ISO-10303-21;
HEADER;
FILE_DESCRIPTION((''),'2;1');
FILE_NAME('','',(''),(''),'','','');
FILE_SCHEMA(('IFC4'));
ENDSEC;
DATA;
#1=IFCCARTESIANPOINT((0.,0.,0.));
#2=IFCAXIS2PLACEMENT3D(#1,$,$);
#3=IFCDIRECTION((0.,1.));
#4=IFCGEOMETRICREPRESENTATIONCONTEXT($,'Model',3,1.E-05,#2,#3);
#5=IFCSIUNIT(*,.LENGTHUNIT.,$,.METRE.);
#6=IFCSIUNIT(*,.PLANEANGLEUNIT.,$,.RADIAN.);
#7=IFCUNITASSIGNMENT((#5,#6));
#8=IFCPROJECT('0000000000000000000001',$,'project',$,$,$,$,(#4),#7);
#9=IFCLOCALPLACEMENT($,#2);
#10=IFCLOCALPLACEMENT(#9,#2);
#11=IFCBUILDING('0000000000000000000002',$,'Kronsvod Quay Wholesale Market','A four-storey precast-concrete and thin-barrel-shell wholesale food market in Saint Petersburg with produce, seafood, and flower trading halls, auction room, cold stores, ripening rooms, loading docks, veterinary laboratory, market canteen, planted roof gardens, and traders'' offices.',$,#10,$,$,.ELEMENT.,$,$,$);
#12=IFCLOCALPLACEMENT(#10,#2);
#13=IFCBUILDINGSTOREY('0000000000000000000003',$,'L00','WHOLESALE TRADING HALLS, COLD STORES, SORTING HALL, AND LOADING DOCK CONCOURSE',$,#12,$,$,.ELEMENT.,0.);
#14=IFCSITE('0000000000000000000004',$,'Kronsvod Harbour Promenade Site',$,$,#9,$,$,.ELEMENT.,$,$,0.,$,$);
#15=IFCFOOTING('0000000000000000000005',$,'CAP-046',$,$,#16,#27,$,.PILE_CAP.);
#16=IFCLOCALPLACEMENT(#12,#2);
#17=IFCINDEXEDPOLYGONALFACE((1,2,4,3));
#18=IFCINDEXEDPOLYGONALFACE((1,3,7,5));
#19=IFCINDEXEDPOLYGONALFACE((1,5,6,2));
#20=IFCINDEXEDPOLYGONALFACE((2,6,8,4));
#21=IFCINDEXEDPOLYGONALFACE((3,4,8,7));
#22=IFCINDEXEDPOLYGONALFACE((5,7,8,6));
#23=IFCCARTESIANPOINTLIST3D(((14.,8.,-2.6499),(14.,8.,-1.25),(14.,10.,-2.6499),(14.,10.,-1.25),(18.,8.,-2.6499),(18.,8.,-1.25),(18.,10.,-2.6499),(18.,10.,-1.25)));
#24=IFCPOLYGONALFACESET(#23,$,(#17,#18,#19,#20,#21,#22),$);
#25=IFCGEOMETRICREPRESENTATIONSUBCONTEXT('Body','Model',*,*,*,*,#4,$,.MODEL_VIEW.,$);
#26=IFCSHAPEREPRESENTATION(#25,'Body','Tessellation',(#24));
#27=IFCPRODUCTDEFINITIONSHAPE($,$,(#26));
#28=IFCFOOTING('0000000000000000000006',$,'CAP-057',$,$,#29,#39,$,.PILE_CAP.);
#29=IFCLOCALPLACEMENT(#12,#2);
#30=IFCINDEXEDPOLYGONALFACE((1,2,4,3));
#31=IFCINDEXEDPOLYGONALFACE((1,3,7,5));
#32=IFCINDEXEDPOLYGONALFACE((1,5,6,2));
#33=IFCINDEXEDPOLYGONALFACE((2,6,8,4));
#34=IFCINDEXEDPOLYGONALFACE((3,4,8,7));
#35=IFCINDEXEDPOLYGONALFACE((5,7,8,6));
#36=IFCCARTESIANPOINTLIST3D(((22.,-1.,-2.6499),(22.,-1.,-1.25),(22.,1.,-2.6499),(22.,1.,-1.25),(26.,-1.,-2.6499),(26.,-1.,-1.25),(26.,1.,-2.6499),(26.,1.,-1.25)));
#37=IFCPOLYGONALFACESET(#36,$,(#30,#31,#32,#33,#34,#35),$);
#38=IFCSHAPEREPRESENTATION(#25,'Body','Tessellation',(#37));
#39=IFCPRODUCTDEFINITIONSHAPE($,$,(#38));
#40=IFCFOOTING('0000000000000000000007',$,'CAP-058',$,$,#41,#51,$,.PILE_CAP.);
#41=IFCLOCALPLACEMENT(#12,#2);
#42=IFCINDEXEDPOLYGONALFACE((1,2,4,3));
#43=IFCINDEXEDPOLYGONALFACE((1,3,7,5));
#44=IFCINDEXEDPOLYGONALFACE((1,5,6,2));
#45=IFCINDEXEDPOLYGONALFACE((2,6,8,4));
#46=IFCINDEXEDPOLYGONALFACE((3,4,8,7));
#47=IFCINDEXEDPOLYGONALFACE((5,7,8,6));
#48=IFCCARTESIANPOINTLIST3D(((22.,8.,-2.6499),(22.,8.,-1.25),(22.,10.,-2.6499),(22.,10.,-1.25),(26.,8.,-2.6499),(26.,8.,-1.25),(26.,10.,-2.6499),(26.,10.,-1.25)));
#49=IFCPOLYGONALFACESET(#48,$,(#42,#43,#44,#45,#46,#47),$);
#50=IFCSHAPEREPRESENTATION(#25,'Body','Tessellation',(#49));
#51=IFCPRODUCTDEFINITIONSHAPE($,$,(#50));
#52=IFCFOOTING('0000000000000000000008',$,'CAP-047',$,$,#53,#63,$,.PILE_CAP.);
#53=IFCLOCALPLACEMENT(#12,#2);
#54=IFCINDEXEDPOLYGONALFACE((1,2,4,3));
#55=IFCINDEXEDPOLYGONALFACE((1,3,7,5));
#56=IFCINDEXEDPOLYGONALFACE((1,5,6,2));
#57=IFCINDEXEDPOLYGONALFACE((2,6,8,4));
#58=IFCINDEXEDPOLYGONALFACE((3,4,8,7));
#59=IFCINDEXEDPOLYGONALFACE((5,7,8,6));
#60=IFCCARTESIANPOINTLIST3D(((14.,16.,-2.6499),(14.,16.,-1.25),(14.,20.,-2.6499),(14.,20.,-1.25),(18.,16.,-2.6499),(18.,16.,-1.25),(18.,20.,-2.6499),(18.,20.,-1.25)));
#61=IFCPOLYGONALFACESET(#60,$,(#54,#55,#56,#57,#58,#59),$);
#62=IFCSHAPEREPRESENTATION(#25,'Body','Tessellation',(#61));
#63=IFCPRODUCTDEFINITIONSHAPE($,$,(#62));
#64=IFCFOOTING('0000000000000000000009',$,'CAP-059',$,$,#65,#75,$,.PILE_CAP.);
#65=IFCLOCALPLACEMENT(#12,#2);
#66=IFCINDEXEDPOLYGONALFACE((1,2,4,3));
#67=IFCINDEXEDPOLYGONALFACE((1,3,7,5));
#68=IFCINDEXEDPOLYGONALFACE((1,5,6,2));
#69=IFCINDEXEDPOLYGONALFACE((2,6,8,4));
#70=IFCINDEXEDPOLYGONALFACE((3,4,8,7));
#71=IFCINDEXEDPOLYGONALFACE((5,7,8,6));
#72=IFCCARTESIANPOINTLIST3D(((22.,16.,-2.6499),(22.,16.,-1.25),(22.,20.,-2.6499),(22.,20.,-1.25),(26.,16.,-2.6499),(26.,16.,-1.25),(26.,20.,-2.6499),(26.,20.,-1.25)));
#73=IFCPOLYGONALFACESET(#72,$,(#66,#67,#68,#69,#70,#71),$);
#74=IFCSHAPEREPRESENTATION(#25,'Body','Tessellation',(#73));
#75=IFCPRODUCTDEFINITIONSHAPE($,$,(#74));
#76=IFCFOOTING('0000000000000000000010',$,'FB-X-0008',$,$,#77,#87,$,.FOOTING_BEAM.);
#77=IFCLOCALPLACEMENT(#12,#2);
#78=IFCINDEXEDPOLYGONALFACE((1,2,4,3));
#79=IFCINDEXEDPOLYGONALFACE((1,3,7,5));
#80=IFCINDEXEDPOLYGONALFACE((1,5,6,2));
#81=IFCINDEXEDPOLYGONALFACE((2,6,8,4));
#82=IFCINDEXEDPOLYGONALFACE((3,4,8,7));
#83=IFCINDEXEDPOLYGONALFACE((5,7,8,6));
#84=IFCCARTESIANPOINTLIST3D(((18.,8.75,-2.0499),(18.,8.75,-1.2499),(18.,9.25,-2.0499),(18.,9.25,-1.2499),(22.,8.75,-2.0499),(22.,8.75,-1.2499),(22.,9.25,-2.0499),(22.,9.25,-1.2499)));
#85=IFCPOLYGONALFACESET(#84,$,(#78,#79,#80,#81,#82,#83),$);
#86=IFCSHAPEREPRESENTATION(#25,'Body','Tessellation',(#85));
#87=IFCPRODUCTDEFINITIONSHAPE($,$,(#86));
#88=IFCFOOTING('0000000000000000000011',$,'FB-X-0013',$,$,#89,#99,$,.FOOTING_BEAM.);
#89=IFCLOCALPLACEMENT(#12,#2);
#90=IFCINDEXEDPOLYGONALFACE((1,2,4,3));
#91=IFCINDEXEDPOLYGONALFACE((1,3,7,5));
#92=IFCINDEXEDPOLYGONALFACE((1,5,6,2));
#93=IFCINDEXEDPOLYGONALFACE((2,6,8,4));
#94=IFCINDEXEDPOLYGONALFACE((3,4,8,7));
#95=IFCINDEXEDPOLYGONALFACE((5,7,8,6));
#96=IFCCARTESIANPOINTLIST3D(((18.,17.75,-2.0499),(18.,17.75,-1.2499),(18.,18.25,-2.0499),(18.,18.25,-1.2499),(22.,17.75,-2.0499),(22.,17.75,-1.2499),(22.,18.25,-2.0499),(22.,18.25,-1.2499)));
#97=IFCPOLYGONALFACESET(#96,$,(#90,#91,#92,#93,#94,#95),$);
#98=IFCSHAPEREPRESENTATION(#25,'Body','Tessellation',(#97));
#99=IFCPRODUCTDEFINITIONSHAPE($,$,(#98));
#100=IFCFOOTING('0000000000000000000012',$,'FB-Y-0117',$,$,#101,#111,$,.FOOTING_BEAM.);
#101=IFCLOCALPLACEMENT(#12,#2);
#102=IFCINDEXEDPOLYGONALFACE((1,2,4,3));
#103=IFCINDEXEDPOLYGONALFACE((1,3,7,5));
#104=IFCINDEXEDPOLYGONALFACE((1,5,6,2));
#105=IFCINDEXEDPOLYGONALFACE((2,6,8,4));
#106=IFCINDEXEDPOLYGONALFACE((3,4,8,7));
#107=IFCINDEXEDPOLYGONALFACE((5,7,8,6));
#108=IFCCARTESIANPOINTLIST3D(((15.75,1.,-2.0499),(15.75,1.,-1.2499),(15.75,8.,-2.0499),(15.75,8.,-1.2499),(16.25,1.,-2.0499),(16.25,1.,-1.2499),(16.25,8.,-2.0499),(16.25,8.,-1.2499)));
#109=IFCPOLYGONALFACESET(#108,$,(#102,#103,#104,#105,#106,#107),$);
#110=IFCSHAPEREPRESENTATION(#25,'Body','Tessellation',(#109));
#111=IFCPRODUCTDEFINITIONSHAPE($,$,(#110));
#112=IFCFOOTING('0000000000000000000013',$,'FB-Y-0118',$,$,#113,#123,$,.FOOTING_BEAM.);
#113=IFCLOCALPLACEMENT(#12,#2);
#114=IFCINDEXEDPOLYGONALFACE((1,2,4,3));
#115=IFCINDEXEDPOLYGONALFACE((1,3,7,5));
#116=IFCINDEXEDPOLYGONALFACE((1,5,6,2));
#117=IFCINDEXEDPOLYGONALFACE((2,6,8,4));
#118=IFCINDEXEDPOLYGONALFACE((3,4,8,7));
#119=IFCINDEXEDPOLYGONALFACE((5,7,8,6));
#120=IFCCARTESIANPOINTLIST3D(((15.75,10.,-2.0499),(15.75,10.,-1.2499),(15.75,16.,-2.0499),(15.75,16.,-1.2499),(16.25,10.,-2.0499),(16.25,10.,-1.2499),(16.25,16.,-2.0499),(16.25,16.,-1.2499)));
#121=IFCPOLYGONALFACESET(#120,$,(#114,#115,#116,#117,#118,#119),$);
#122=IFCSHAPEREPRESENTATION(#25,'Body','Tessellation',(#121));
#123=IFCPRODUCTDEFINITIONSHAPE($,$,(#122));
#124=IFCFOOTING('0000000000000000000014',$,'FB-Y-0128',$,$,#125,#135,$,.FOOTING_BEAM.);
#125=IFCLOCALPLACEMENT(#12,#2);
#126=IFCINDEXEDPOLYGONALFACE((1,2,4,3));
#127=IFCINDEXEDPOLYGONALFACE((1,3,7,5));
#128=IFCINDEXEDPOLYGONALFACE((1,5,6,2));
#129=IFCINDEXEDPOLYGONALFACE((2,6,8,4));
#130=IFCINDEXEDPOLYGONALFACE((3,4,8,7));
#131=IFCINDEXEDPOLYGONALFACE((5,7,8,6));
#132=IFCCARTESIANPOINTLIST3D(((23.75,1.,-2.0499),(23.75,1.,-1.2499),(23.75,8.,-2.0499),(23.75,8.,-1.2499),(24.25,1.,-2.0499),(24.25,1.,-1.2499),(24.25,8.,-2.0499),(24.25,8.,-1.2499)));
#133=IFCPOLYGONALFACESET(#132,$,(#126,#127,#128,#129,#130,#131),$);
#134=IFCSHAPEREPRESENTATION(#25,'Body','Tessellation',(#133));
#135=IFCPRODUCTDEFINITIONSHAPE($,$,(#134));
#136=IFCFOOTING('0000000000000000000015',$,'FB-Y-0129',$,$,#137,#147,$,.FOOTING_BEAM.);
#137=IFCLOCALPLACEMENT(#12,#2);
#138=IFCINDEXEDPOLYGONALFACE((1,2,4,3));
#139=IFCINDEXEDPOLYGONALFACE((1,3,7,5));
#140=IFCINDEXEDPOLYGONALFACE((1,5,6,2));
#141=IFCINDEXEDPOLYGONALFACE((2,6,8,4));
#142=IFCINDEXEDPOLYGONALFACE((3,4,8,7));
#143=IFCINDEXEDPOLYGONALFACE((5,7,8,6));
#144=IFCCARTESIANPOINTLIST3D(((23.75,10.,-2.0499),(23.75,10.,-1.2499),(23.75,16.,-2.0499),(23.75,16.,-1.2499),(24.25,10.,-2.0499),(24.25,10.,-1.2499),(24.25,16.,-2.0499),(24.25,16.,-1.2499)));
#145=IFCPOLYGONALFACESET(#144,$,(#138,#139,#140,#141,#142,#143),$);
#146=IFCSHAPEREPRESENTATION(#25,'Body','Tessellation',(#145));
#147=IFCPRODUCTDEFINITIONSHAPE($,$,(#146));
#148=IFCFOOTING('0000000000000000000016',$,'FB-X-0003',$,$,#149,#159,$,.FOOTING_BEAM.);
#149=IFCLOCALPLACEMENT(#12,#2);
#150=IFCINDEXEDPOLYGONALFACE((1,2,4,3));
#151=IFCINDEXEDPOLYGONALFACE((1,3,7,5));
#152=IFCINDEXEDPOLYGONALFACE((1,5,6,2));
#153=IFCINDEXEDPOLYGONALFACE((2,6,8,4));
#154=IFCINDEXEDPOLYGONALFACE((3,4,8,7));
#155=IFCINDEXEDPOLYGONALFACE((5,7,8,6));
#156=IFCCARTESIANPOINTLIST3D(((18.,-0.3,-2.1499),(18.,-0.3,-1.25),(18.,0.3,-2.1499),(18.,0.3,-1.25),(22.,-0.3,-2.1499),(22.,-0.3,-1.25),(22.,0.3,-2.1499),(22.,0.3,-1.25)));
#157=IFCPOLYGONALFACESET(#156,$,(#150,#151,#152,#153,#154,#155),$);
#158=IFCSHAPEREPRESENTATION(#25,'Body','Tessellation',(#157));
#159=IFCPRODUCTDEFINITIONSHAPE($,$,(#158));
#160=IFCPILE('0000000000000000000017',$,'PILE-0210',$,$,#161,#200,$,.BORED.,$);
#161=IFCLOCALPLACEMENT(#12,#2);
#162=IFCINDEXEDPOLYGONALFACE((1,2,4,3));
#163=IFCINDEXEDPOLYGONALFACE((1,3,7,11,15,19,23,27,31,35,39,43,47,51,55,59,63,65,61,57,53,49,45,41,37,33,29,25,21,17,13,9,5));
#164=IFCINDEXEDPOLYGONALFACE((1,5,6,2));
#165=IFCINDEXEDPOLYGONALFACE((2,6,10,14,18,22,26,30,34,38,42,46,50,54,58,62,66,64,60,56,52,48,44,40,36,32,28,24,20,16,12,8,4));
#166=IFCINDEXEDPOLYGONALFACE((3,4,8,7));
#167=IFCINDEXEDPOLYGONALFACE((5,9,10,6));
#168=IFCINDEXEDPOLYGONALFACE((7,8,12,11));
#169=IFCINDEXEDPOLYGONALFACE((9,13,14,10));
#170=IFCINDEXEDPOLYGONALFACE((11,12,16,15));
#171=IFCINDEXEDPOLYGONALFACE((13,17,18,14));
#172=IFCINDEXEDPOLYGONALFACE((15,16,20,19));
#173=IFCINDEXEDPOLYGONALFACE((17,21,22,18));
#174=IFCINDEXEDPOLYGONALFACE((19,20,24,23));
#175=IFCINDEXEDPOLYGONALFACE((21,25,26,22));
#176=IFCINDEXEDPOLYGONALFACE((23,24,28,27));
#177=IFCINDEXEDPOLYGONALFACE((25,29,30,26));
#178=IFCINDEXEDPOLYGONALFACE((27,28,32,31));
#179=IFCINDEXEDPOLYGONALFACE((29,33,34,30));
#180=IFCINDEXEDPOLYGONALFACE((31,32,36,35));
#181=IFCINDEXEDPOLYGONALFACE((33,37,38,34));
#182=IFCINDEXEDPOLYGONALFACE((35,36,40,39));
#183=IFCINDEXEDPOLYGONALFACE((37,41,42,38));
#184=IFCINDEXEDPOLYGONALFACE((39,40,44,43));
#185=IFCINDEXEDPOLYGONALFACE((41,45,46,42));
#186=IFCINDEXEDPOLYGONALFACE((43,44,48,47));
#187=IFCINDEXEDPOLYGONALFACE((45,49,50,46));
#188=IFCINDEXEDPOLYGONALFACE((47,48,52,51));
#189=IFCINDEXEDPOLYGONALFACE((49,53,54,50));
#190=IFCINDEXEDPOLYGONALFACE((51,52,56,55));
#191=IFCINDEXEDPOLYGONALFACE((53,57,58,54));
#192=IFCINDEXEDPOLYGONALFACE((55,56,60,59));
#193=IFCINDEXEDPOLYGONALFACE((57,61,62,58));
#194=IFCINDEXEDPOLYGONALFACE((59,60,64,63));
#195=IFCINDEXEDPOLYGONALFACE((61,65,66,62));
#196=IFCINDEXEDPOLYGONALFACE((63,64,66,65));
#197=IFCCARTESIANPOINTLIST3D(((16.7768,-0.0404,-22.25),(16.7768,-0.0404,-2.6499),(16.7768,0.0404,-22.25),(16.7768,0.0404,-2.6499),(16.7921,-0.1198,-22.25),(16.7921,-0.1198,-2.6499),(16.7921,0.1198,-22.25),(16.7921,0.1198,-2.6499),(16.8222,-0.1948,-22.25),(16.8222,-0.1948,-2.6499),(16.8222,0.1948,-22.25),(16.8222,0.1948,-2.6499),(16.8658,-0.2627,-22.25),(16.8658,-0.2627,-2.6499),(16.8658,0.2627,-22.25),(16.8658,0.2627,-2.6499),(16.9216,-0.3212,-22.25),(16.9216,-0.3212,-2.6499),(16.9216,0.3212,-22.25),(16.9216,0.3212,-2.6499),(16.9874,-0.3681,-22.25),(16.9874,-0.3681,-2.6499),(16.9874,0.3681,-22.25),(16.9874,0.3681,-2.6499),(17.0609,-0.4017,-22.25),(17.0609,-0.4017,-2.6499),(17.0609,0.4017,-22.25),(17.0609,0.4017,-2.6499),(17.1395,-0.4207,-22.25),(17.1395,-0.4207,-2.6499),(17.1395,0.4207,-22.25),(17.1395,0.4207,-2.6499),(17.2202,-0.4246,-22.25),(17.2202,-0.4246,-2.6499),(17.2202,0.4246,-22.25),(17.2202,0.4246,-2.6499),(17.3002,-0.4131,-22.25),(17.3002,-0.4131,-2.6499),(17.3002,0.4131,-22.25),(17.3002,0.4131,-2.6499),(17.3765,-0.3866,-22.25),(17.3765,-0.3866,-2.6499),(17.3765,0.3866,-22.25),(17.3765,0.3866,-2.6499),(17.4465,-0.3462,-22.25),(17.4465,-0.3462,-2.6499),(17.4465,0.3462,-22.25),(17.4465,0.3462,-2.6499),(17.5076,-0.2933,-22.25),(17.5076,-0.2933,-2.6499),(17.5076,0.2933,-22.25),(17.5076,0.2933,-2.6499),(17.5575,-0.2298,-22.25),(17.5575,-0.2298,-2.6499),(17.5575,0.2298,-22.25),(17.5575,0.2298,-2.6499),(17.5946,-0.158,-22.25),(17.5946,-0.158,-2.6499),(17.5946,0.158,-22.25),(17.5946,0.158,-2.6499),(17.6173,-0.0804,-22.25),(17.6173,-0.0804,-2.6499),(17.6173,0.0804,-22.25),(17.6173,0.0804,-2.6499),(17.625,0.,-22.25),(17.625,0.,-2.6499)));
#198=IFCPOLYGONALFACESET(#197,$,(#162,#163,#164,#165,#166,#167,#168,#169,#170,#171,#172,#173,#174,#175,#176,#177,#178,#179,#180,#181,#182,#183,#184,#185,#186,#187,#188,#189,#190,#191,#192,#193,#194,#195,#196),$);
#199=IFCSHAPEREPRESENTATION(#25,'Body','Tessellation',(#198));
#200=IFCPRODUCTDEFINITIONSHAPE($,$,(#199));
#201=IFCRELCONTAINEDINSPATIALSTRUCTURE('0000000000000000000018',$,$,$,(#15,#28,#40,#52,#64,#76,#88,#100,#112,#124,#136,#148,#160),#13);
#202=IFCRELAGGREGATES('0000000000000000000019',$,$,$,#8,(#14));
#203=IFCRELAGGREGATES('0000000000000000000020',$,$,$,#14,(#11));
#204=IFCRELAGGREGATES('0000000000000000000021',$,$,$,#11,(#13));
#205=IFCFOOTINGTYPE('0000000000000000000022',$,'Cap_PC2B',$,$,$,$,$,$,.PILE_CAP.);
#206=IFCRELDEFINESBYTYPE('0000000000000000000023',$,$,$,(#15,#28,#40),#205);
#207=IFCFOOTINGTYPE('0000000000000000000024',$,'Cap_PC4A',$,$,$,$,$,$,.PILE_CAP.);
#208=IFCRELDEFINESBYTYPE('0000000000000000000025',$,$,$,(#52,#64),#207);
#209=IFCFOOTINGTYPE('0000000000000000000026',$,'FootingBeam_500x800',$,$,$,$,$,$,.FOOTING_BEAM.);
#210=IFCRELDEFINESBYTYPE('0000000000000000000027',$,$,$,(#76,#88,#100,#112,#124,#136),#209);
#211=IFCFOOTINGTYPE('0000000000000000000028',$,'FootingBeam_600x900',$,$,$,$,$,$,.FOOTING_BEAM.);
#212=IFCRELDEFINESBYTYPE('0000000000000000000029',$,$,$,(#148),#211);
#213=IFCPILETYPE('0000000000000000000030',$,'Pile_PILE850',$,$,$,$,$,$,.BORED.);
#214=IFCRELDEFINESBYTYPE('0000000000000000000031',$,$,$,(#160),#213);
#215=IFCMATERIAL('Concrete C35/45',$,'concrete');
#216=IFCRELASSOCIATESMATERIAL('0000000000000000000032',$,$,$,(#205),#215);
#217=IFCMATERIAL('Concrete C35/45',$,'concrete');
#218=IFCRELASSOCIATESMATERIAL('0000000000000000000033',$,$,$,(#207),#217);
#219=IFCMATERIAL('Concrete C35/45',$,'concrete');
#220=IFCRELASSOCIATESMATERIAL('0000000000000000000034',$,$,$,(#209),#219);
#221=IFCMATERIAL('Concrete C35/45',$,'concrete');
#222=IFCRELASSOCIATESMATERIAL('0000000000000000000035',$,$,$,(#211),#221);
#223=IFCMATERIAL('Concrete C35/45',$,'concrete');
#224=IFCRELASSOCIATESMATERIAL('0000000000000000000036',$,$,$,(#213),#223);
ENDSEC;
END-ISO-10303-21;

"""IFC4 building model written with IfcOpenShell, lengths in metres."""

from ifc_helpers import new_model, si_unit, direction, frame, origin, origin_2d, place, context, subcontext, project, spatial, rectangle, circle, extrude, material, material_profile, profile_set, type_object, element, save


model = new_model("IFC4")

# Units and contexts
model_context = context("Model", 3, precision=1e-05, world=origin(), true_north=direction((0.0, 1.0)))
body_context = subcontext(model_context, "Body", "Model", "MODEL_VIEW")
ifc_project = project(units=[si_unit("LENGTHUNIT", "METRE"), si_unit("PLANEANGLEUNIT", "RADIAN")], contexts=[model_context])

# Site, building, storey
site_placement = place(None, origin())
site = spatial("IfcSite", under=ifc_project, at=site_placement, Name="Kronsvod Harbour Promenade Site", CompositionType="ELEMENT", RefElevation=0.0)
building_placement = place(site_placement, origin())
building = spatial("IfcBuilding", under=site, at=building_placement, Name="Kronsvod Quay Wholesale Market", Description="A four-storey precast-concrete and thin-barrel-shell wholesale food market in Saint Petersburg with produce, seafood, and flower trading halls, auction room, cold stores, ripening rooms, loading docks, veterinary laboratory, market canteen, planted roof gardens, and traders' offices.", CompositionType="ELEMENT")
storey_placement = place(building_placement, origin())
storey = spatial("IfcBuildingStorey", under=building, at=storey_placement, Name="L00", Description="WHOLESALE TRADING HALLS, COLD STORES, SORTING HALL, AND LOADING DOCK CONCOURSE", CompositionType="ELEMENT", Elevation=0.0)

# Footings
ifc_material_1 = material(Name="Concrete C35/45", Category="concrete")
footing_type_1 = type_object("IfcFootingType", Name="Cap_PC2B", PredefinedType="PILE_CAP", material=ifc_material_1)
for number, where, z_axis, x_axis, name in (
    (1, (16.0, 9.0, -2.6499), (0.0, 0.0, 1.0), (1.0, 0.0, 0.0), "CAP-046"),
    (2, (24.0, 0.0, -2.6499), (0.0, 0.0, 1.0), (1.0, 0.0, 0.0), "CAP-057"),
    (3, (24.0, 9.0, -2.6499), (0.0, 0.0, 1.0), (1.0, 0.0, 0.0), "CAP-058"),
):
    element("IfcFooting", number, at=place(storey_placement, frame(where, z_axis=z_axis, x_axis=x_axis)), inside=storey, type_object=footing_type_1, Name=name, PredefinedType="PILE_CAP", context=body_context, shape_type="SweptSolid", body=[
        extrude(rectangle(XDim=4.0, YDim=2.0, at=origin_2d()), origin(), (0.0, 0.0, 1.0), 1.3999),
    ])
ifc_material_2 = material(Name="Concrete C35/45", Category="concrete")
footing_type_2 = type_object("IfcFootingType", Name="Cap_PC4A", PredefinedType="PILE_CAP", material=ifc_material_2)
for number, where, z_axis, x_axis, name in (
    (4, (16.0, 18.0, -2.6499), (0.0, 0.0, 1.0), (1.0, 0.0, 0.0), "CAP-047"),
    (5, (24.0, 18.0, -2.6499), (0.0, 0.0, 1.0), (1.0, 0.0, 0.0), "CAP-059"),
):
    element("IfcFooting", number, at=place(storey_placement, frame(where, z_axis=z_axis, x_axis=x_axis)), inside=storey, type_object=footing_type_2, Name=name, PredefinedType="PILE_CAP", context=body_context, shape_type="SweptSolid", body=[
        extrude(rectangle(XDim=4.0, YDim=4.0, at=origin_2d()), origin(), (0.0, 0.0, 1.0), 1.3999),
    ])
ifc_material_3 = material(Name="Concrete C35/45", Category="concrete")
ifc_material_profile_1 = material_profile(ifc_material_3, rectangle(XDim=0.5, YDim=0.8, at=origin_2d()), Name="FB-01")
ifc_profile_set_1 = profile_set([ifc_material_profile_1], Name="Concrete C35/45")
footing_type_3 = type_object("IfcFootingType", Name="FootingBeam_500x800", PredefinedType="FOOTING_BEAM", material=ifc_profile_set_1)
for number, where, z_axis, x_axis, name in (
    (6, (18.0, 9.0, -1.6499), (1.0, 0.0, 0.0), (0.0, 1.0, 0.0), "FB-X-0008"),
    (7, (18.0, 18.0, -1.6499), (1.0, 0.0, 0.0), (0.0, 1.0, 0.0), "FB-X-0013"),
):
    element("IfcFooting", number, at=place(storey_placement, frame(where, z_axis=z_axis, x_axis=x_axis)), inside=storey, type_object=footing_type_3, Name=name, PredefinedType="FOOTING_BEAM", context=body_context, shape_type="SweptSolid", body=[
        extrude(rectangle(XDim=0.5, YDim=0.8, at=origin_2d()), origin(), (0.0, 0.0, 1.0), 4.0),
    ])
footing_1_placement = place(storey_placement, frame((16.0, 1.0, -1.6499), z_axis=(0.0, 1.0, 0.0), x_axis=(-1.0, 0.0, 0.0)))
element("IfcFooting", 8, at=footing_1_placement, inside=storey, type_object=footing_type_3, Name="FB-Y-0117", PredefinedType="FOOTING_BEAM", context=body_context, shape_type="SweptSolid", body=[
    extrude(rectangle(XDim=0.5, YDim=0.8, at=origin_2d()), origin(), (0.0, 0.0, 1.0), 7.0),
])
footing_2_placement = place(storey_placement, frame((16.0, 10.0, -1.6499), z_axis=(0.0, 1.0, 0.0), x_axis=(-1.0, 0.0, 0.0)))
element("IfcFooting", 9, at=footing_2_placement, inside=storey, type_object=footing_type_3, Name="FB-Y-0118", PredefinedType="FOOTING_BEAM", context=body_context, shape_type="SweptSolid", body=[
    extrude(rectangle(XDim=0.5, YDim=0.8, at=origin_2d()), origin(), (0.0, 0.0, 1.0), 6.0),
])
footing_3_placement = place(storey_placement, frame((24.0, 1.0, -1.6499), z_axis=(0.0, 1.0, 0.0), x_axis=(-1.0, 0.0, 0.0)))
element("IfcFooting", 10, at=footing_3_placement, inside=storey, type_object=footing_type_3, Name="FB-Y-0128", PredefinedType="FOOTING_BEAM", context=body_context, shape_type="SweptSolid", body=[
    extrude(rectangle(XDim=0.5, YDim=0.8, at=origin_2d()), origin(), (0.0, 0.0, 1.0), 7.0),
])
footing_4_placement = place(storey_placement, frame((24.0, 10.0, -1.6499), z_axis=(0.0, 1.0, 0.0), x_axis=(-1.0, 0.0, 0.0)))
element("IfcFooting", 11, at=footing_4_placement, inside=storey, type_object=footing_type_3, Name="FB-Y-0129", PredefinedType="FOOTING_BEAM", context=body_context, shape_type="SweptSolid", body=[
    extrude(rectangle(XDim=0.5, YDim=0.8, at=origin_2d()), origin(), (0.0, 0.0, 1.0), 6.0),
])
ifc_material_4 = material(Name="Concrete C35/45", Category="concrete")
ifc_material_profile_2 = material_profile(ifc_material_4, rectangle(XDim=0.6001, YDim=0.8999, at=origin_2d()), Name="FB-02")
ifc_profile_set_2 = profile_set([ifc_material_profile_2], Name="Concrete C35/45")
footing_type_4 = type_object("IfcFootingType", Name="FootingBeam_600x900", PredefinedType="FOOTING_BEAM", material=ifc_profile_set_2)
footing_5_placement = place(storey_placement, frame((18.0, 0.0, -1.7), z_axis=(1.0, 0.0, 0.0), x_axis=(0.0, 1.0, 0.0)))
element("IfcFooting", 12, at=footing_5_placement, inside=storey, type_object=footing_type_4, Name="FB-X-0003", PredefinedType="FOOTING_BEAM", context=body_context, shape_type="SweptSolid", body=[
    extrude(rectangle(XDim=0.6001, YDim=0.8999, at=origin_2d()), origin(), (0.0, 0.0, 1.0), 4.0),
])

# Pile
ifc_material_5 = material(Name="Concrete C35/45", Category="concrete")
ifc_material_profile_3 = material_profile(ifc_material_5, circle(Radius=0.425, at=origin_2d()), Name="PILE850")
ifc_profile_set_3 = profile_set([ifc_material_profile_3], Name="Concrete C35/45")
pile_type_1 = type_object("IfcPileType", Name="Pile_PILE850", PredefinedType="BORED", material=ifc_profile_set_3)
for number, where, z_axis, x_axis, name in (
    (13, (17.2, 0.0, -2.6499), (0.0, 0.0, -1.0), (1.0, 0.0, 0.0), "PILE-0210"),
):
    element("IfcPile", number, at=place(storey_placement, frame(where, z_axis=z_axis, x_axis=x_axis)), inside=storey, type_object=pile_type_1, Name=name, PredefinedType="BORED", context=body_context, shape_type="SweptSolid", body=[
        extrude(circle(Radius=0.425, at=origin_2d()), origin(), (0.0, 0.0, 1.0), 19.6001),
    ])

save(model, "model.ifc")
